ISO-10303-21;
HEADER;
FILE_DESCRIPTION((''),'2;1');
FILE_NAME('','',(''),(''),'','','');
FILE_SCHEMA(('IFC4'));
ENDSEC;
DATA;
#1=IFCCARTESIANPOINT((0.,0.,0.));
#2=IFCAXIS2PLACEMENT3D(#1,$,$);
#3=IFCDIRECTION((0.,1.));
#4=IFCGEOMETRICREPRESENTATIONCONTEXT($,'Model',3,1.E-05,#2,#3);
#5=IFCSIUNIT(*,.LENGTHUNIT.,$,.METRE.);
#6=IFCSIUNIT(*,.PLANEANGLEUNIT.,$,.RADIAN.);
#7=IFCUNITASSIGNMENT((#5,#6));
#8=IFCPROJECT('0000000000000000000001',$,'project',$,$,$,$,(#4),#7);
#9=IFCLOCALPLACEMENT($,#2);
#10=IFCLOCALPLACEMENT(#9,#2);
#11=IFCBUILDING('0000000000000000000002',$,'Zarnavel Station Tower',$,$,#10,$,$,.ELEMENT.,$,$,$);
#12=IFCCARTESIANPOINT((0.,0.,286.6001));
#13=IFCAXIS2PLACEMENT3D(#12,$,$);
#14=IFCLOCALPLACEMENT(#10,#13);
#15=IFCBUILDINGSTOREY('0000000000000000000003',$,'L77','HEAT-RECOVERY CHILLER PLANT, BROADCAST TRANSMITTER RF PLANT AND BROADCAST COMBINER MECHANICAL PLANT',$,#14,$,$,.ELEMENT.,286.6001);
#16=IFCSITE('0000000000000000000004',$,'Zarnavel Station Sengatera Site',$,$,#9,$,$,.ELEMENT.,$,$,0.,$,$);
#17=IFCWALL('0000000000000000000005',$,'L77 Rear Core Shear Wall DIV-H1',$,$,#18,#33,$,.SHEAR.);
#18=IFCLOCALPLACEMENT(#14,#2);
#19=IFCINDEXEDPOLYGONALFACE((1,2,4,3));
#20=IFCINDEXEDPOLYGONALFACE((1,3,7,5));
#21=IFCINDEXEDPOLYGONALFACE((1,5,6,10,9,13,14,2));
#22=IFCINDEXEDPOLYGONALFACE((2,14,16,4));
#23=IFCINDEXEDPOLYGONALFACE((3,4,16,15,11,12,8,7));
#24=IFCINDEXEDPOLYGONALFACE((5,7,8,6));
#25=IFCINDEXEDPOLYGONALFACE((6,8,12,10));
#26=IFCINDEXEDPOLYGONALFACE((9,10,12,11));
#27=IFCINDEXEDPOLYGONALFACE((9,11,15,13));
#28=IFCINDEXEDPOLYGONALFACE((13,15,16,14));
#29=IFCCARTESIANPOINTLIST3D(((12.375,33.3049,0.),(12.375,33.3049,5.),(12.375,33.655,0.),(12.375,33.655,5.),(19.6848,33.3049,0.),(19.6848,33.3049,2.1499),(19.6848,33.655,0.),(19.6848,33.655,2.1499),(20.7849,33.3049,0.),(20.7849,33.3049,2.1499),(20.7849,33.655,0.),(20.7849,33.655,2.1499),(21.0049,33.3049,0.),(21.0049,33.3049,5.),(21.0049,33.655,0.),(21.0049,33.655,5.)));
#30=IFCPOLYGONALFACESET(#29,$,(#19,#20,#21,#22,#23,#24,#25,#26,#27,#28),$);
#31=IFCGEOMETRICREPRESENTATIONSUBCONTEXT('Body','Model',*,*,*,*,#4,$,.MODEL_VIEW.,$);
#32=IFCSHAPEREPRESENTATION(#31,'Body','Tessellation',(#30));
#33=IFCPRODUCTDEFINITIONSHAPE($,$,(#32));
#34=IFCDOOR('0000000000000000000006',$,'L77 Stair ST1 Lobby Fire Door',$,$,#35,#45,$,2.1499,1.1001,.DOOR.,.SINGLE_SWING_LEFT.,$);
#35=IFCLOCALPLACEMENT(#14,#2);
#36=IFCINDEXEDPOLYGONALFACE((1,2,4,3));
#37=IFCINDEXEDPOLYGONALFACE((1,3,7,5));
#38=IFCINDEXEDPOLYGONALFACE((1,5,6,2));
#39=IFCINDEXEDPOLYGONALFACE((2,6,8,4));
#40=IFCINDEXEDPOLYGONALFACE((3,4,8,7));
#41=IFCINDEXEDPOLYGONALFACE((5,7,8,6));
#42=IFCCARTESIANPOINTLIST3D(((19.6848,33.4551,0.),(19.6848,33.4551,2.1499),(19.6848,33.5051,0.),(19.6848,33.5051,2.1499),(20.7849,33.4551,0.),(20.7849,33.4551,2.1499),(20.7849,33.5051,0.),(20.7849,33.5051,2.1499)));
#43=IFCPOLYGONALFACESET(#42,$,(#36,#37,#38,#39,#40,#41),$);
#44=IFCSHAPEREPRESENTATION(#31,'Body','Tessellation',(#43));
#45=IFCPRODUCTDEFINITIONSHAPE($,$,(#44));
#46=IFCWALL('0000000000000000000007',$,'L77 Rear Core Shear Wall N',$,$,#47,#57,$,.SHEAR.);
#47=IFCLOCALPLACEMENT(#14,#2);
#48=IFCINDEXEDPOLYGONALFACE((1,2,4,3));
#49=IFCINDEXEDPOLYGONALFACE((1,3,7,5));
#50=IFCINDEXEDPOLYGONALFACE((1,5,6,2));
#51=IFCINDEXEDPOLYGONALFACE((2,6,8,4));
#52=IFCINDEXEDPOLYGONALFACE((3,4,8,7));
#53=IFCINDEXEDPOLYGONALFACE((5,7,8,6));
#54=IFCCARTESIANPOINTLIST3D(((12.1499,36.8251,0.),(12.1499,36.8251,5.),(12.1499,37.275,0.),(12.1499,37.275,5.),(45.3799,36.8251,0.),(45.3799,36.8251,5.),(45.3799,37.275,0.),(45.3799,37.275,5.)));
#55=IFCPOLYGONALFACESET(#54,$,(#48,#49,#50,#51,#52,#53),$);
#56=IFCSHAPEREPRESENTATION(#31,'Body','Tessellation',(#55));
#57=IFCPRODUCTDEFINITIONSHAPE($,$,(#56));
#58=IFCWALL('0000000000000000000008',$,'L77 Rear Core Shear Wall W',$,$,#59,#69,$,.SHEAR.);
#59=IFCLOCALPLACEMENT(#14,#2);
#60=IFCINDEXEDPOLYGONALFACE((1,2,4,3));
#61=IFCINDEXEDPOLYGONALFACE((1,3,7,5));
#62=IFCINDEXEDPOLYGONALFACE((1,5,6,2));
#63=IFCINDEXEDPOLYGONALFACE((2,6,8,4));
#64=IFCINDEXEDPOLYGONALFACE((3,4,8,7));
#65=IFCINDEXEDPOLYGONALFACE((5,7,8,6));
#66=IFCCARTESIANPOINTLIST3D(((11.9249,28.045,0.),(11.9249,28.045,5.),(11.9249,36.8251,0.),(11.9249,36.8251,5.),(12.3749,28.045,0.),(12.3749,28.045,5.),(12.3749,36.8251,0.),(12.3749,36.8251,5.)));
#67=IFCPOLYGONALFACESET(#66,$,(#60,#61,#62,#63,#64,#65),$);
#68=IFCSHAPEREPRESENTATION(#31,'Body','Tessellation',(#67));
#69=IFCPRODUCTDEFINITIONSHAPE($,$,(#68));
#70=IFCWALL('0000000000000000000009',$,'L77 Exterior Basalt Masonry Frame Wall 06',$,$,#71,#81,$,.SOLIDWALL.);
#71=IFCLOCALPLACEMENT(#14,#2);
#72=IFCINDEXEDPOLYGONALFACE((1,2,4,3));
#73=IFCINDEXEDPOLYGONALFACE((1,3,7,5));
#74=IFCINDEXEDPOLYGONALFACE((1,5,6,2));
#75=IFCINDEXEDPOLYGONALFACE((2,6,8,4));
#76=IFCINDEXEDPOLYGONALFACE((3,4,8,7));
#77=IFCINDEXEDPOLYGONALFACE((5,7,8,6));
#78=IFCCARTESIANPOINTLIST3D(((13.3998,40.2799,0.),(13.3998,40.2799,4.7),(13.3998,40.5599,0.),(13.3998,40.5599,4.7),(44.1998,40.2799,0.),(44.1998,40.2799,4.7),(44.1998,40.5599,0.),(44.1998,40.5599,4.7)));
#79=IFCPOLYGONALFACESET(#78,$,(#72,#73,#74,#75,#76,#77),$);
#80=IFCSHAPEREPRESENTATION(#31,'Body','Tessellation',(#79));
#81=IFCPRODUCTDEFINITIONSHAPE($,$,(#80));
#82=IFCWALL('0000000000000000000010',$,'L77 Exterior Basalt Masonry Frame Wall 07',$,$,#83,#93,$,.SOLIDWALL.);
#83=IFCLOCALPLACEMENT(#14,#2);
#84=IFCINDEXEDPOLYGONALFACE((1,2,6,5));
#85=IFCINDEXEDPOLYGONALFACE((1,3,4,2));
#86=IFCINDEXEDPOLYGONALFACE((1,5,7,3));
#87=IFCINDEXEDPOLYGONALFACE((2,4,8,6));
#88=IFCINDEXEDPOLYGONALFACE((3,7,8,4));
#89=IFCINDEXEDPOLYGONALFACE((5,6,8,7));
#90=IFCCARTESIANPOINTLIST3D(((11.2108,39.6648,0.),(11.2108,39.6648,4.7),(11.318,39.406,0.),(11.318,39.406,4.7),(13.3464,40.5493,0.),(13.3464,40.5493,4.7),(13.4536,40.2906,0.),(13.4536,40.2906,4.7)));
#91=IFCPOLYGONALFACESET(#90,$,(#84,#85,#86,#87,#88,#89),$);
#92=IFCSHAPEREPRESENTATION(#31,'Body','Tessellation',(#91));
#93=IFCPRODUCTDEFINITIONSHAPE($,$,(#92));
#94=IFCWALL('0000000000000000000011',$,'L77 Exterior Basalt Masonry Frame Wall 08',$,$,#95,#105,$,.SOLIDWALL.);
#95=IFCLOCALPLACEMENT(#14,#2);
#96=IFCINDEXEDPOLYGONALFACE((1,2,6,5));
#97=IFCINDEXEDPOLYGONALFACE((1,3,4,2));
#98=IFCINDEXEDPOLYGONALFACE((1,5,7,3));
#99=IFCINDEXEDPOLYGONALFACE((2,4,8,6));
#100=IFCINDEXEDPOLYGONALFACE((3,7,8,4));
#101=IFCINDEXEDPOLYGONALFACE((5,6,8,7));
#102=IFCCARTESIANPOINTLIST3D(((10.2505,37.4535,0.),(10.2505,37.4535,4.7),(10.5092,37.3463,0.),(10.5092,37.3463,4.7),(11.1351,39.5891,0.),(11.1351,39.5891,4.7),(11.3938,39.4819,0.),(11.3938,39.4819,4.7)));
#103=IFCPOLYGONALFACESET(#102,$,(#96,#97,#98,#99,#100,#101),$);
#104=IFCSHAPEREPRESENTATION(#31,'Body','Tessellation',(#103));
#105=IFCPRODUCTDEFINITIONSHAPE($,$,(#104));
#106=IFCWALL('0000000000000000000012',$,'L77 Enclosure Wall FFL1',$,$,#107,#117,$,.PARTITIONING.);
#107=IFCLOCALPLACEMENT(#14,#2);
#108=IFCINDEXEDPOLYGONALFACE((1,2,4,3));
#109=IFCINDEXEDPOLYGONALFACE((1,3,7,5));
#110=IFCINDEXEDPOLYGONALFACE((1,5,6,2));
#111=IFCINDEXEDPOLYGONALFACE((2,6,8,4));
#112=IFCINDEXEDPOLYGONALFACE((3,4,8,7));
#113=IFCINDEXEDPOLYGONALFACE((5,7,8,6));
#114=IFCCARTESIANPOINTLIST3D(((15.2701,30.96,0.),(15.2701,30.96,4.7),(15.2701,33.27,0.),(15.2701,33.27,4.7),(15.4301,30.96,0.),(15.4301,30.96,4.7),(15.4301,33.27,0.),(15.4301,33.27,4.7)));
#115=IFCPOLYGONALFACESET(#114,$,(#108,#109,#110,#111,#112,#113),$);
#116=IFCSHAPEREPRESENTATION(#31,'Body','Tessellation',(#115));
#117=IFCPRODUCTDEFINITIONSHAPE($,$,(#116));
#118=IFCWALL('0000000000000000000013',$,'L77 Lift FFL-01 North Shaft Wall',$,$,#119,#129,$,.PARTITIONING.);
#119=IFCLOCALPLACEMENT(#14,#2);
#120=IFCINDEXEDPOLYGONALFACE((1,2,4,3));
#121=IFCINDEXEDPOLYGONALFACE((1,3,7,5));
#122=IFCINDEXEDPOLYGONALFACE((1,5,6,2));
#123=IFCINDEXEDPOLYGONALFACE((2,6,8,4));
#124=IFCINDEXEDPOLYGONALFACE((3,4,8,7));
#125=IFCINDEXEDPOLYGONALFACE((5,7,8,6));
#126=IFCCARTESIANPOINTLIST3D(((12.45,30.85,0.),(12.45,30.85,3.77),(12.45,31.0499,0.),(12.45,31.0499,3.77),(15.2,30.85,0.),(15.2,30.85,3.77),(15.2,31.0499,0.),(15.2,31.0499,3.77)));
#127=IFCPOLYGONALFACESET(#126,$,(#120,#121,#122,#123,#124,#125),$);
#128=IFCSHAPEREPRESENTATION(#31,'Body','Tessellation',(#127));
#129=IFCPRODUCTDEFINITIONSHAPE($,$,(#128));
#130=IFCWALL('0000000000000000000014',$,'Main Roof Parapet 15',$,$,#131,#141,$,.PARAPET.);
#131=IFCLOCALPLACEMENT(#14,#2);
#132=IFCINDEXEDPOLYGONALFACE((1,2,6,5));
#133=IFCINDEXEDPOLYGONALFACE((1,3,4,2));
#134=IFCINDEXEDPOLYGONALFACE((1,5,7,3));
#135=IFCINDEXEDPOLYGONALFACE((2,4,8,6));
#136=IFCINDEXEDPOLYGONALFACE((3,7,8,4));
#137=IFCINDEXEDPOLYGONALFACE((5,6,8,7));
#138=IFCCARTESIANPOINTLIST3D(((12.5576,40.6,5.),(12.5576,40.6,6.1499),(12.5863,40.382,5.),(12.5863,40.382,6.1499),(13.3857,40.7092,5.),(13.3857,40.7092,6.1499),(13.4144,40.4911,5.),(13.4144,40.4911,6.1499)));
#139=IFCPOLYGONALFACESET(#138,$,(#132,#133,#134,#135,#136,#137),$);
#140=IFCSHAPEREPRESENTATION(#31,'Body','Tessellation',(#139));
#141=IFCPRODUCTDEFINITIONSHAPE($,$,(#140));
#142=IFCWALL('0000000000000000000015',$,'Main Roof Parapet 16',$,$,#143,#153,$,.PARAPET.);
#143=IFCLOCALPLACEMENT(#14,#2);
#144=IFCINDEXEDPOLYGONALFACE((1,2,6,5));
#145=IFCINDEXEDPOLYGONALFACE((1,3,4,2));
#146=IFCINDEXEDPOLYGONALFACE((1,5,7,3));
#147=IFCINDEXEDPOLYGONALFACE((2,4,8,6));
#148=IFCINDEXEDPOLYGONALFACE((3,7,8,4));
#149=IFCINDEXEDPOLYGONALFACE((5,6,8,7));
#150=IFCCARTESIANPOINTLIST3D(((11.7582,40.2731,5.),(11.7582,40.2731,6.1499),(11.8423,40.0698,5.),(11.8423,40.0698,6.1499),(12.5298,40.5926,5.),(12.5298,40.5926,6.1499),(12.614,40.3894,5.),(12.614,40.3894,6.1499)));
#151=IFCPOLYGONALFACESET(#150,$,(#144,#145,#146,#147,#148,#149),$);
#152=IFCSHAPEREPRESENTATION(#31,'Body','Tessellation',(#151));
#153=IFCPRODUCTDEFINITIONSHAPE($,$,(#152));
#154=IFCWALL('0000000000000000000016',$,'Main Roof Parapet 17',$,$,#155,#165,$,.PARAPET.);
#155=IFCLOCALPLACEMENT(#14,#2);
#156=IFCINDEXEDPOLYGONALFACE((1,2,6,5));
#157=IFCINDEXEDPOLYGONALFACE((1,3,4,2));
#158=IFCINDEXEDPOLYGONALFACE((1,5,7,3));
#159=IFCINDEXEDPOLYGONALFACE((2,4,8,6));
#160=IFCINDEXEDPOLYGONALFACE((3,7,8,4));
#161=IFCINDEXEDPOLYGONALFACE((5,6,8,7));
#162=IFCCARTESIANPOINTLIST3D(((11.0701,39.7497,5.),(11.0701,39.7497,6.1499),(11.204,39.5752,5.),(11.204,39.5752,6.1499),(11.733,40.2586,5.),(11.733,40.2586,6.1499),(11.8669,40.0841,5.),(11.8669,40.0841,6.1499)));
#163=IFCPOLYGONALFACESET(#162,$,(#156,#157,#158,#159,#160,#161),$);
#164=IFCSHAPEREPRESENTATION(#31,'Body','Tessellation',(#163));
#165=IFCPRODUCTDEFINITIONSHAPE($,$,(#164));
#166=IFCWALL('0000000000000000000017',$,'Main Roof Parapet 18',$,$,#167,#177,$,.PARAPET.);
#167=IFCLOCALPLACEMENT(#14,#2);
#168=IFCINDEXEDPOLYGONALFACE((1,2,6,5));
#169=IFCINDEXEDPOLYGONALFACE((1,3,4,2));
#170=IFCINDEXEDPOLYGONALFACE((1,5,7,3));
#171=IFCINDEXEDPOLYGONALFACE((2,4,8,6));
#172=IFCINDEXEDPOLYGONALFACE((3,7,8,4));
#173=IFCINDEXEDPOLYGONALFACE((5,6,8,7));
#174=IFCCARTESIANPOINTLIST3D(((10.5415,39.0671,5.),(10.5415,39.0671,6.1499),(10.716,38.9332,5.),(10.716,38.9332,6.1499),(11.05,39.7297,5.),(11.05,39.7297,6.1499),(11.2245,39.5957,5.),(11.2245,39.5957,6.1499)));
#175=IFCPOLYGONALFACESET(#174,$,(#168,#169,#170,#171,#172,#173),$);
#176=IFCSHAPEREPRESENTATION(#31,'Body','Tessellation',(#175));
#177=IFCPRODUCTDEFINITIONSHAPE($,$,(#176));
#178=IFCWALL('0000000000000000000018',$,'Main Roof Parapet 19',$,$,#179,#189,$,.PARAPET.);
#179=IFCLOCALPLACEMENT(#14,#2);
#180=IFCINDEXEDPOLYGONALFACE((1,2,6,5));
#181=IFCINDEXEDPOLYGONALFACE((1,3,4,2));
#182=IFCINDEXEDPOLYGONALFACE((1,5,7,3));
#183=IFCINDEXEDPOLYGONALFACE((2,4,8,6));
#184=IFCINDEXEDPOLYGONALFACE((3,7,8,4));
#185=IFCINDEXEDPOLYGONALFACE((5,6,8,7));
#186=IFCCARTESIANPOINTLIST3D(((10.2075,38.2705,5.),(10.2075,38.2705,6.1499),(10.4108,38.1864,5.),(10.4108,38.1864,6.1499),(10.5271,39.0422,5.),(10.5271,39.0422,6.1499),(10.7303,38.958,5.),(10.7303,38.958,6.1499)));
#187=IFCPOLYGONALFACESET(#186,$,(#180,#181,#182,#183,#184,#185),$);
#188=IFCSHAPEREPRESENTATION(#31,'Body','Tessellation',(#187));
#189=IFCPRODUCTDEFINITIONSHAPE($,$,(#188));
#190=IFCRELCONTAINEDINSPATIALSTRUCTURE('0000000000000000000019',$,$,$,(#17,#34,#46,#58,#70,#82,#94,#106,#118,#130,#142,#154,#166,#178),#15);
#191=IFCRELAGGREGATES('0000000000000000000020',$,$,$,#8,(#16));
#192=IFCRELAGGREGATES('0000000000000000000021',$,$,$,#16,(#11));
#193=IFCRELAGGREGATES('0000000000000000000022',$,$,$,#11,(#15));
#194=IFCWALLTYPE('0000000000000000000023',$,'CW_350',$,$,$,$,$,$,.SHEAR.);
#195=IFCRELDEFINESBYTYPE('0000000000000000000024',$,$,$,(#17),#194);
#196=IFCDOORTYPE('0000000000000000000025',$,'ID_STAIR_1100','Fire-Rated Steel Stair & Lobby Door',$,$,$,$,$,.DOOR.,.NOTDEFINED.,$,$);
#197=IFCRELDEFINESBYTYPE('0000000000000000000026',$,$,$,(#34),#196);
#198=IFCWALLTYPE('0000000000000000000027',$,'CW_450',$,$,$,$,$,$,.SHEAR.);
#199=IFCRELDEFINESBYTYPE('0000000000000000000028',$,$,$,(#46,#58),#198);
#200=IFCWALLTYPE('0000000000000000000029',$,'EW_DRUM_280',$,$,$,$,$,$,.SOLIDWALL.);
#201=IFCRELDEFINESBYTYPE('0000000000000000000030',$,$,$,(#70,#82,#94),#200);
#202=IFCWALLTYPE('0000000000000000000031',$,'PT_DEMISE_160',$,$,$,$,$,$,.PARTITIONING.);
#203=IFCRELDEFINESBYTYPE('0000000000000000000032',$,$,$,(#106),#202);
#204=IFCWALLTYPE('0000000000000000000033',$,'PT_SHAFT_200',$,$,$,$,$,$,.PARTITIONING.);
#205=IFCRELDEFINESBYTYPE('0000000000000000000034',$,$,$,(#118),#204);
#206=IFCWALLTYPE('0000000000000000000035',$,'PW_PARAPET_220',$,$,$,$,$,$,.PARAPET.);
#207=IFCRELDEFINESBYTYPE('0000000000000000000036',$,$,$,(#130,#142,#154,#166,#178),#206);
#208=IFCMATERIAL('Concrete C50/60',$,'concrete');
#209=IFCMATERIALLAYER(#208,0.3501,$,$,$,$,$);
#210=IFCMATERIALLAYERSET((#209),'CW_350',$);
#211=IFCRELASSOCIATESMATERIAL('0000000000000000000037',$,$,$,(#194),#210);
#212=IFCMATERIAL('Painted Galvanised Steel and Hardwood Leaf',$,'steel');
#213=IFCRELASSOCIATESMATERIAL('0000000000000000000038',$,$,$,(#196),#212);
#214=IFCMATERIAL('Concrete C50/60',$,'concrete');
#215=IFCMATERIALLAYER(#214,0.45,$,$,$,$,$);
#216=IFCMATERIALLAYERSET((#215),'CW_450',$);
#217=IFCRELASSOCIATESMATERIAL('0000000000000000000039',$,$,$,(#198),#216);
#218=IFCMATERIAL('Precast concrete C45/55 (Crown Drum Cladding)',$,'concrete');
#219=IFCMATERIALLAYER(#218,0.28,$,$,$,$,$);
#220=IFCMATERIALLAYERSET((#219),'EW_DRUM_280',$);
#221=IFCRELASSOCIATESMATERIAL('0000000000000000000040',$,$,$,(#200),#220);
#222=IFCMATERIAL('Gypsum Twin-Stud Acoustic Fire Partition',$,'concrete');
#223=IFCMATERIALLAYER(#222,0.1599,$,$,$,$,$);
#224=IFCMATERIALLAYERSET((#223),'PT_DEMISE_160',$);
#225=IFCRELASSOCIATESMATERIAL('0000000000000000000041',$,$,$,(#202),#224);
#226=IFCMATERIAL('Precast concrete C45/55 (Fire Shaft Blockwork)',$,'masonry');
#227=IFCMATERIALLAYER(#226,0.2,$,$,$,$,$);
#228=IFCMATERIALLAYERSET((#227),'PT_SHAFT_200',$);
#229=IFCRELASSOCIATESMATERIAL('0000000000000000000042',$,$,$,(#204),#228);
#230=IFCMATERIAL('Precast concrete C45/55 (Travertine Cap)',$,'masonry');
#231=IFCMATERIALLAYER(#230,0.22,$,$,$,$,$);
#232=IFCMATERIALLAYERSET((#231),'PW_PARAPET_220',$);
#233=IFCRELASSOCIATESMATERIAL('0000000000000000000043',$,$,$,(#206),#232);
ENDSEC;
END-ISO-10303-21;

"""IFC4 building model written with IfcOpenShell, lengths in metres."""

from ifc_helpers import new_model, si_unit, direction, frame, frame_2d, origin, place, context, subcontext, project, spatial, rectangle, extrude, material, layer, layer_set, type_object, element, fill, save


model = new_model("IFC4")

# Units and contexts
model_context = context("Model", 3, precision=1e-05, world=origin(), true_north=direction((0.0, 1.0)))
body_context = subcontext(model_context, "Body", "Model", "MODEL_VIEW")
ifc_project = project(units=[si_unit("LENGTHUNIT", "METRE"), si_unit("PLANEANGLEUNIT", "RADIAN")], contexts=[model_context])

# Site, building, storey
site_placement = place(None, origin())
site = spatial("IfcSite", under=ifc_project, at=site_placement, Name="Zarnavel Station Sengatera Site", CompositionType="ELEMENT", RefElevation=0.0)
building_placement = place(site_placement, origin())
building = spatial("IfcBuilding", under=site, at=building_placement, Name="Zarnavel Station Tower", CompositionType="ELEMENT")
storey_placement = place(building_placement, frame((0.0, 0.0, 286.6001)))
storey = spatial("IfcBuildingStorey", under=building, at=storey_placement, Name="L77", Description="HEAT-RECOVERY CHILLER PLANT, BROADCAST TRANSMITTER RF PLANT AND BROADCAST COMBINER MECHANICAL PLANT", CompositionType="ELEMENT", Elevation=286.6001)

# Shared definitions
ifc_material_1 = material(Name="Concrete C50/60", Category="concrete")
ifc_layer_1 = layer(ifc_material_1, 0.3501)
ifc_layer_set_1 = layer_set([ifc_layer_1], Name="CW_350")
wall_type_1 = type_object("IfcWallType", Name="CW_350", PredefinedType="SHEAR", material=ifc_layer_set_1)

# Wall, opening, door
wall_1_placement = place(storey_placement, frame((21.0049, 33.48, 0.0), z_axis=(0.0, 0.0, 1.0), x_axis=(-1.0, 0.0, 0.0)))
wall_1 = element("IfcWall", 1, at=wall_1_placement, inside=storey, type_object=wall_type_1, Name="L77 Rear Core Shear Wall DIV-H1", PredefinedType="SHEAR", context=body_context, shape_type="SweptSolid", body=[
    extrude(rectangle(XDim=8.6299, YDim=0.3501, at=frame_2d((4.3149, 0.0))), origin(), (0.0, 0.0, 1.0), 5.0),
])
opening_1_placement = place(wall_1_placement, frame((0.22, 0.0, 0.0)))
opening_1 = element("IfcOpeningElement", 2, at=opening_1_placement, cuts=wall_1, PredefinedType="OPENING", context=body_context, shape_type="SweptSolid", body=[
    extrude(rectangle(XDim=1.1001, YDim=2.1499, at=frame_2d((0.55, 1.075))), frame((0.0, 0.1851, 0.0), z_axis=(0.0, -1.0, 0.0), x_axis=(1.0, 0.0, 0.0)), (0.0, 0.0, 1.0), 0.3701),
])
ifc_material_2 = material(Name="Painted Galvanised Steel and Hardwood Leaf", Category="steel")
door_type_1 = type_object("IfcDoorType", Name="ID_STAIR_1100", Description="Fire-Rated Steel Stair & Lobby Door", OperationType="NOTDEFINED", PredefinedType="DOOR", material=ifc_material_2)
door_1_placement = place(opening_1_placement, origin())
door_1 = element("IfcDoor", 3, at=door_1_placement, inside=storey, type_object=door_type_1, Name="L77 Stair ST1 Lobby Fire Door", OperationType="SINGLE_SWING_LEFT", OverallHeight=2.1499, OverallWidth=1.1001, PredefinedType="DOOR", context=body_context, shape_type="SweptSolid", body=[
    extrude(rectangle(XDim=1.1001, YDim=2.1499, at=frame_2d((0.55, 1.075))), frame((0.0, 0.0249, 0.0), z_axis=(0.0, -1.0, 0.0), x_axis=(1.0, 0.0, 0.0)), (0.0, 0.0, 1.0), 0.05),
])
fill(opening_1, door_1)

# Walls
ifc_material_3 = material(Name="Concrete C50/60", Category="concrete")
ifc_layer_2 = layer(ifc_material_3, 0.45)
ifc_layer_set_2 = layer_set([ifc_layer_2], Name="CW_450")
wall_type_2 = type_object("IfcWallType", Name="CW_450", PredefinedType="SHEAR", material=ifc_layer_set_2)
wall_2_placement = place(storey_placement, frame((12.1499, 37.05, 0.0), z_axis=(0.0, 0.0, 1.0), x_axis=(1.0, 0.0, 0.0)))
element("IfcWall", 4, at=wall_2_placement, inside=storey, type_object=wall_type_2, Name="L77 Rear Core Shear Wall N", PredefinedType="SHEAR", context=body_context, shape_type="SweptSolid", body=[
    extrude(rectangle(XDim=33.23, YDim=0.45, at=frame_2d((16.615, 0.0))), origin(), (0.0, 0.0, 1.0), 5.0),
])
wall_3_placement = place(storey_placement, frame((12.1499, 28.0449, 0.0), z_axis=(0.0, 0.0, 1.0), x_axis=(0.0, 1.0, 0.0)))
element("IfcWall", 5, at=wall_3_placement, inside=storey, type_object=wall_type_2, Name="L77 Rear Core Shear Wall W", PredefinedType="SHEAR", context=body_context, shape_type="SweptSolid", body=[
    extrude(rectangle(XDim=8.78, YDim=0.45, at=frame_2d((4.3901, 0.0))), origin(), (0.0, 0.0, 1.0), 5.0),
])
ifc_material_4 = material(Name="Precast concrete C45/55 (Crown Drum Cladding)", Category="concrete")
ifc_layer_3 = layer(ifc_material_4, 0.28)
ifc_layer_set_3 = layer_set([ifc_layer_3], Name="EW_DRUM_280")
wall_type_3 = type_object("IfcWallType", Name="EW_DRUM_280", PredefinedType="SOLIDWALL", material=ifc_layer_set_3)
wall_4_placement = place(storey_placement, frame((13.3999, 40.4199, 0.0), z_axis=(0.0, 0.0, 1.0), x_axis=(1.0, 0.0, 0.0)))
element("IfcWall", 6, at=wall_4_placement, inside=storey, type_object=wall_type_3, Name="L77 Exterior Basalt Masonry Frame Wall 06", PredefinedType="SOLIDWALL", context=body_context, shape_type="SweptSolid", body=[
    extrude(rectangle(XDim=30.8, YDim=0.28, at=frame_2d((15.3999, 0.0))), origin(), (0.0, 0.0, 1.0), 4.7),
])
for number, where, z_axis, x_axis, name in (
    (7, (11.2644, 39.5354, 0.0), (0.0, 0.0, 1.0), (0.923884, 0.382672, 0.0), "L77 Exterior Basalt Masonry Frame Wall 07"),
    (8, (10.3799, 37.3999, 0.0), (0.0, 0.0, 1.0), (0.382672, 0.923884, 0.0), "L77 Exterior Basalt Masonry Frame Wall 08"),
):
    element("IfcWall", number, at=place(storey_placement, frame(where, z_axis=z_axis, x_axis=x_axis)), inside=storey, type_object=wall_type_3, Name=name, PredefinedType="SOLIDWALL", context=body_context, shape_type="SweptSolid", body=[
        extrude(rectangle(XDim=2.3115, YDim=0.28, at=frame_2d((1.1558, 0.0))), origin(), (0.0, 0.0, 1.0), 4.7),
    ])
ifc_material_5 = material(Name="Gypsum Twin-Stud Acoustic Fire Partition", Category="concrete")
ifc_layer_4 = layer(ifc_material_5, 0.1599)
ifc_layer_set_4 = layer_set([ifc_layer_4], Name="PT_DEMISE_160")
wall_type_4 = type_object("IfcWallType", Name="PT_DEMISE_160", PredefinedType="PARTITIONING", material=ifc_layer_set_4)
wall_5_placement = place(storey_placement, frame((15.3501, 30.96, 0.0), z_axis=(0.0, 0.0, 1.0), x_axis=(0.0, 1.0, 0.0)))
element("IfcWall", 9, at=wall_5_placement, inside=storey, type_object=wall_type_4, Name="L77 Enclosure Wall FFL1", PredefinedType="PARTITIONING", context=body_context, shape_type="SweptSolid", body=[
    extrude(rectangle(XDim=2.3101, YDim=0.1599, at=frame_2d((1.155, 0.0))), origin(), (0.0, 0.0, 1.0), 4.7),
])

# Shared definitions
ifc_material_6 = material(Name="Precast concrete C45/55 (Fire Shaft Blockwork)", Category="masonry")
ifc_layer_5 = layer(ifc_material_6, 0.2)
ifc_layer_set_5 = layer_set([ifc_layer_5], Name="PT_SHAFT_200")
wall_type_5 = type_object("IfcWallType", Name="PT_SHAFT_200", PredefinedType="PARTITIONING", material=ifc_layer_set_5)

# Wall
wall_6_placement = place(storey_placement, frame((12.45, 30.95, 0.0), z_axis=(0.0, 0.0, 1.0), x_axis=(1.0, 0.0, 0.0)))
element("IfcWall", 10, at=wall_6_placement, inside=storey, type_object=wall_type_5, Name="L77 Lift FFL-01 North Shaft Wall", PredefinedType="PARTITIONING", context=body_context, shape_type="SweptSolid", body=[
    extrude(rectangle(XDim=2.75, YDim=0.2, at=frame_2d((1.375, 0.0))), origin(), (0.0, 0.0, 1.0), 3.77),
])

# Walls
ifc_material_7 = material(Name="Precast concrete C45/55 (Travertine Cap)", Category="masonry")
ifc_layer_6 = layer(ifc_material_7, 0.22)
ifc_layer_set_6 = layer_set([ifc_layer_6], Name="PW_PARAPET_220")
wall_type_6 = type_object("IfcWallType", Name="PW_PARAPET_220", PredefinedType="PARAPET", material=ifc_layer_set_6)
for number, where, z_axis, x_axis, name in (
    (11, (13.3999, 40.6001, 5.0), (0.0, 0.0, 1.0), (-0.991428, -0.130651, 0.0), "Main Roof Parapet 15"),
    (12, (12.5718, 40.491, 5.0), (0.0, 0.0, 1.0), (-0.923914, -0.382601, 0.0), "Main Roof Parapet 16"),
):
    element("IfcWall", number, at=place(storey_placement, frame(where, z_axis=z_axis, x_axis=x_axis)), inside=storey, type_object=wall_type_6, Name=name, PredefinedType="PARAPET", context=body_context, shape_type="SweptSolid", body=[
        extrude(rectangle(XDim=0.8352, YDim=0.22, at=frame_2d((0.4175, 0.0))), origin(), (0.0, 0.0, 1.0), 1.1499),
    ])
wall_7_placement = place(storey_placement, frame((11.8, 40.1714, 5.0), z_axis=(0.0, 0.0, 1.0), x_axis=(-0.793254, -0.608891, 0.0)))
element("IfcWall", 13, at=wall_7_placement, inside=storey, type_object=wall_type_6, Name="Main Roof Parapet 17", PredefinedType="PARAPET", context=body_context, shape_type="SweptSolid", body=[
    extrude(rectangle(XDim=0.8357, YDim=0.22, at=frame_2d((0.418, 0.0))), origin(), (0.0, 0.0, 1.0), 1.1499),
])
for number, where, z_axis, x_axis, name in (
    (14, (11.1372, 39.6626, 5.0), (0.0, 0.0, 1.0), (-0.608849, -0.793286, 0.0), "Main Roof Parapet 18"),
    (15, (10.6287, 39.0, 5.0), (0.0, 0.0, 1.0), (-0.382601, -0.923914, 0.0), "Main Roof Parapet 19"),
):
    element("IfcWall", number, at=place(storey_placement, frame(where, z_axis=z_axis, x_axis=x_axis)), inside=storey, type_object=wall_type_6, Name=name, PredefinedType="PARAPET", context=body_context, shape_type="SweptSolid", body=[
        extrude(rectangle(XDim=0.8352, YDim=0.22, at=frame_2d((0.4175, 0.0))), origin(), (0.0, 0.0, 1.0), 1.1499),
    ])

save(model, "model.ifc")
